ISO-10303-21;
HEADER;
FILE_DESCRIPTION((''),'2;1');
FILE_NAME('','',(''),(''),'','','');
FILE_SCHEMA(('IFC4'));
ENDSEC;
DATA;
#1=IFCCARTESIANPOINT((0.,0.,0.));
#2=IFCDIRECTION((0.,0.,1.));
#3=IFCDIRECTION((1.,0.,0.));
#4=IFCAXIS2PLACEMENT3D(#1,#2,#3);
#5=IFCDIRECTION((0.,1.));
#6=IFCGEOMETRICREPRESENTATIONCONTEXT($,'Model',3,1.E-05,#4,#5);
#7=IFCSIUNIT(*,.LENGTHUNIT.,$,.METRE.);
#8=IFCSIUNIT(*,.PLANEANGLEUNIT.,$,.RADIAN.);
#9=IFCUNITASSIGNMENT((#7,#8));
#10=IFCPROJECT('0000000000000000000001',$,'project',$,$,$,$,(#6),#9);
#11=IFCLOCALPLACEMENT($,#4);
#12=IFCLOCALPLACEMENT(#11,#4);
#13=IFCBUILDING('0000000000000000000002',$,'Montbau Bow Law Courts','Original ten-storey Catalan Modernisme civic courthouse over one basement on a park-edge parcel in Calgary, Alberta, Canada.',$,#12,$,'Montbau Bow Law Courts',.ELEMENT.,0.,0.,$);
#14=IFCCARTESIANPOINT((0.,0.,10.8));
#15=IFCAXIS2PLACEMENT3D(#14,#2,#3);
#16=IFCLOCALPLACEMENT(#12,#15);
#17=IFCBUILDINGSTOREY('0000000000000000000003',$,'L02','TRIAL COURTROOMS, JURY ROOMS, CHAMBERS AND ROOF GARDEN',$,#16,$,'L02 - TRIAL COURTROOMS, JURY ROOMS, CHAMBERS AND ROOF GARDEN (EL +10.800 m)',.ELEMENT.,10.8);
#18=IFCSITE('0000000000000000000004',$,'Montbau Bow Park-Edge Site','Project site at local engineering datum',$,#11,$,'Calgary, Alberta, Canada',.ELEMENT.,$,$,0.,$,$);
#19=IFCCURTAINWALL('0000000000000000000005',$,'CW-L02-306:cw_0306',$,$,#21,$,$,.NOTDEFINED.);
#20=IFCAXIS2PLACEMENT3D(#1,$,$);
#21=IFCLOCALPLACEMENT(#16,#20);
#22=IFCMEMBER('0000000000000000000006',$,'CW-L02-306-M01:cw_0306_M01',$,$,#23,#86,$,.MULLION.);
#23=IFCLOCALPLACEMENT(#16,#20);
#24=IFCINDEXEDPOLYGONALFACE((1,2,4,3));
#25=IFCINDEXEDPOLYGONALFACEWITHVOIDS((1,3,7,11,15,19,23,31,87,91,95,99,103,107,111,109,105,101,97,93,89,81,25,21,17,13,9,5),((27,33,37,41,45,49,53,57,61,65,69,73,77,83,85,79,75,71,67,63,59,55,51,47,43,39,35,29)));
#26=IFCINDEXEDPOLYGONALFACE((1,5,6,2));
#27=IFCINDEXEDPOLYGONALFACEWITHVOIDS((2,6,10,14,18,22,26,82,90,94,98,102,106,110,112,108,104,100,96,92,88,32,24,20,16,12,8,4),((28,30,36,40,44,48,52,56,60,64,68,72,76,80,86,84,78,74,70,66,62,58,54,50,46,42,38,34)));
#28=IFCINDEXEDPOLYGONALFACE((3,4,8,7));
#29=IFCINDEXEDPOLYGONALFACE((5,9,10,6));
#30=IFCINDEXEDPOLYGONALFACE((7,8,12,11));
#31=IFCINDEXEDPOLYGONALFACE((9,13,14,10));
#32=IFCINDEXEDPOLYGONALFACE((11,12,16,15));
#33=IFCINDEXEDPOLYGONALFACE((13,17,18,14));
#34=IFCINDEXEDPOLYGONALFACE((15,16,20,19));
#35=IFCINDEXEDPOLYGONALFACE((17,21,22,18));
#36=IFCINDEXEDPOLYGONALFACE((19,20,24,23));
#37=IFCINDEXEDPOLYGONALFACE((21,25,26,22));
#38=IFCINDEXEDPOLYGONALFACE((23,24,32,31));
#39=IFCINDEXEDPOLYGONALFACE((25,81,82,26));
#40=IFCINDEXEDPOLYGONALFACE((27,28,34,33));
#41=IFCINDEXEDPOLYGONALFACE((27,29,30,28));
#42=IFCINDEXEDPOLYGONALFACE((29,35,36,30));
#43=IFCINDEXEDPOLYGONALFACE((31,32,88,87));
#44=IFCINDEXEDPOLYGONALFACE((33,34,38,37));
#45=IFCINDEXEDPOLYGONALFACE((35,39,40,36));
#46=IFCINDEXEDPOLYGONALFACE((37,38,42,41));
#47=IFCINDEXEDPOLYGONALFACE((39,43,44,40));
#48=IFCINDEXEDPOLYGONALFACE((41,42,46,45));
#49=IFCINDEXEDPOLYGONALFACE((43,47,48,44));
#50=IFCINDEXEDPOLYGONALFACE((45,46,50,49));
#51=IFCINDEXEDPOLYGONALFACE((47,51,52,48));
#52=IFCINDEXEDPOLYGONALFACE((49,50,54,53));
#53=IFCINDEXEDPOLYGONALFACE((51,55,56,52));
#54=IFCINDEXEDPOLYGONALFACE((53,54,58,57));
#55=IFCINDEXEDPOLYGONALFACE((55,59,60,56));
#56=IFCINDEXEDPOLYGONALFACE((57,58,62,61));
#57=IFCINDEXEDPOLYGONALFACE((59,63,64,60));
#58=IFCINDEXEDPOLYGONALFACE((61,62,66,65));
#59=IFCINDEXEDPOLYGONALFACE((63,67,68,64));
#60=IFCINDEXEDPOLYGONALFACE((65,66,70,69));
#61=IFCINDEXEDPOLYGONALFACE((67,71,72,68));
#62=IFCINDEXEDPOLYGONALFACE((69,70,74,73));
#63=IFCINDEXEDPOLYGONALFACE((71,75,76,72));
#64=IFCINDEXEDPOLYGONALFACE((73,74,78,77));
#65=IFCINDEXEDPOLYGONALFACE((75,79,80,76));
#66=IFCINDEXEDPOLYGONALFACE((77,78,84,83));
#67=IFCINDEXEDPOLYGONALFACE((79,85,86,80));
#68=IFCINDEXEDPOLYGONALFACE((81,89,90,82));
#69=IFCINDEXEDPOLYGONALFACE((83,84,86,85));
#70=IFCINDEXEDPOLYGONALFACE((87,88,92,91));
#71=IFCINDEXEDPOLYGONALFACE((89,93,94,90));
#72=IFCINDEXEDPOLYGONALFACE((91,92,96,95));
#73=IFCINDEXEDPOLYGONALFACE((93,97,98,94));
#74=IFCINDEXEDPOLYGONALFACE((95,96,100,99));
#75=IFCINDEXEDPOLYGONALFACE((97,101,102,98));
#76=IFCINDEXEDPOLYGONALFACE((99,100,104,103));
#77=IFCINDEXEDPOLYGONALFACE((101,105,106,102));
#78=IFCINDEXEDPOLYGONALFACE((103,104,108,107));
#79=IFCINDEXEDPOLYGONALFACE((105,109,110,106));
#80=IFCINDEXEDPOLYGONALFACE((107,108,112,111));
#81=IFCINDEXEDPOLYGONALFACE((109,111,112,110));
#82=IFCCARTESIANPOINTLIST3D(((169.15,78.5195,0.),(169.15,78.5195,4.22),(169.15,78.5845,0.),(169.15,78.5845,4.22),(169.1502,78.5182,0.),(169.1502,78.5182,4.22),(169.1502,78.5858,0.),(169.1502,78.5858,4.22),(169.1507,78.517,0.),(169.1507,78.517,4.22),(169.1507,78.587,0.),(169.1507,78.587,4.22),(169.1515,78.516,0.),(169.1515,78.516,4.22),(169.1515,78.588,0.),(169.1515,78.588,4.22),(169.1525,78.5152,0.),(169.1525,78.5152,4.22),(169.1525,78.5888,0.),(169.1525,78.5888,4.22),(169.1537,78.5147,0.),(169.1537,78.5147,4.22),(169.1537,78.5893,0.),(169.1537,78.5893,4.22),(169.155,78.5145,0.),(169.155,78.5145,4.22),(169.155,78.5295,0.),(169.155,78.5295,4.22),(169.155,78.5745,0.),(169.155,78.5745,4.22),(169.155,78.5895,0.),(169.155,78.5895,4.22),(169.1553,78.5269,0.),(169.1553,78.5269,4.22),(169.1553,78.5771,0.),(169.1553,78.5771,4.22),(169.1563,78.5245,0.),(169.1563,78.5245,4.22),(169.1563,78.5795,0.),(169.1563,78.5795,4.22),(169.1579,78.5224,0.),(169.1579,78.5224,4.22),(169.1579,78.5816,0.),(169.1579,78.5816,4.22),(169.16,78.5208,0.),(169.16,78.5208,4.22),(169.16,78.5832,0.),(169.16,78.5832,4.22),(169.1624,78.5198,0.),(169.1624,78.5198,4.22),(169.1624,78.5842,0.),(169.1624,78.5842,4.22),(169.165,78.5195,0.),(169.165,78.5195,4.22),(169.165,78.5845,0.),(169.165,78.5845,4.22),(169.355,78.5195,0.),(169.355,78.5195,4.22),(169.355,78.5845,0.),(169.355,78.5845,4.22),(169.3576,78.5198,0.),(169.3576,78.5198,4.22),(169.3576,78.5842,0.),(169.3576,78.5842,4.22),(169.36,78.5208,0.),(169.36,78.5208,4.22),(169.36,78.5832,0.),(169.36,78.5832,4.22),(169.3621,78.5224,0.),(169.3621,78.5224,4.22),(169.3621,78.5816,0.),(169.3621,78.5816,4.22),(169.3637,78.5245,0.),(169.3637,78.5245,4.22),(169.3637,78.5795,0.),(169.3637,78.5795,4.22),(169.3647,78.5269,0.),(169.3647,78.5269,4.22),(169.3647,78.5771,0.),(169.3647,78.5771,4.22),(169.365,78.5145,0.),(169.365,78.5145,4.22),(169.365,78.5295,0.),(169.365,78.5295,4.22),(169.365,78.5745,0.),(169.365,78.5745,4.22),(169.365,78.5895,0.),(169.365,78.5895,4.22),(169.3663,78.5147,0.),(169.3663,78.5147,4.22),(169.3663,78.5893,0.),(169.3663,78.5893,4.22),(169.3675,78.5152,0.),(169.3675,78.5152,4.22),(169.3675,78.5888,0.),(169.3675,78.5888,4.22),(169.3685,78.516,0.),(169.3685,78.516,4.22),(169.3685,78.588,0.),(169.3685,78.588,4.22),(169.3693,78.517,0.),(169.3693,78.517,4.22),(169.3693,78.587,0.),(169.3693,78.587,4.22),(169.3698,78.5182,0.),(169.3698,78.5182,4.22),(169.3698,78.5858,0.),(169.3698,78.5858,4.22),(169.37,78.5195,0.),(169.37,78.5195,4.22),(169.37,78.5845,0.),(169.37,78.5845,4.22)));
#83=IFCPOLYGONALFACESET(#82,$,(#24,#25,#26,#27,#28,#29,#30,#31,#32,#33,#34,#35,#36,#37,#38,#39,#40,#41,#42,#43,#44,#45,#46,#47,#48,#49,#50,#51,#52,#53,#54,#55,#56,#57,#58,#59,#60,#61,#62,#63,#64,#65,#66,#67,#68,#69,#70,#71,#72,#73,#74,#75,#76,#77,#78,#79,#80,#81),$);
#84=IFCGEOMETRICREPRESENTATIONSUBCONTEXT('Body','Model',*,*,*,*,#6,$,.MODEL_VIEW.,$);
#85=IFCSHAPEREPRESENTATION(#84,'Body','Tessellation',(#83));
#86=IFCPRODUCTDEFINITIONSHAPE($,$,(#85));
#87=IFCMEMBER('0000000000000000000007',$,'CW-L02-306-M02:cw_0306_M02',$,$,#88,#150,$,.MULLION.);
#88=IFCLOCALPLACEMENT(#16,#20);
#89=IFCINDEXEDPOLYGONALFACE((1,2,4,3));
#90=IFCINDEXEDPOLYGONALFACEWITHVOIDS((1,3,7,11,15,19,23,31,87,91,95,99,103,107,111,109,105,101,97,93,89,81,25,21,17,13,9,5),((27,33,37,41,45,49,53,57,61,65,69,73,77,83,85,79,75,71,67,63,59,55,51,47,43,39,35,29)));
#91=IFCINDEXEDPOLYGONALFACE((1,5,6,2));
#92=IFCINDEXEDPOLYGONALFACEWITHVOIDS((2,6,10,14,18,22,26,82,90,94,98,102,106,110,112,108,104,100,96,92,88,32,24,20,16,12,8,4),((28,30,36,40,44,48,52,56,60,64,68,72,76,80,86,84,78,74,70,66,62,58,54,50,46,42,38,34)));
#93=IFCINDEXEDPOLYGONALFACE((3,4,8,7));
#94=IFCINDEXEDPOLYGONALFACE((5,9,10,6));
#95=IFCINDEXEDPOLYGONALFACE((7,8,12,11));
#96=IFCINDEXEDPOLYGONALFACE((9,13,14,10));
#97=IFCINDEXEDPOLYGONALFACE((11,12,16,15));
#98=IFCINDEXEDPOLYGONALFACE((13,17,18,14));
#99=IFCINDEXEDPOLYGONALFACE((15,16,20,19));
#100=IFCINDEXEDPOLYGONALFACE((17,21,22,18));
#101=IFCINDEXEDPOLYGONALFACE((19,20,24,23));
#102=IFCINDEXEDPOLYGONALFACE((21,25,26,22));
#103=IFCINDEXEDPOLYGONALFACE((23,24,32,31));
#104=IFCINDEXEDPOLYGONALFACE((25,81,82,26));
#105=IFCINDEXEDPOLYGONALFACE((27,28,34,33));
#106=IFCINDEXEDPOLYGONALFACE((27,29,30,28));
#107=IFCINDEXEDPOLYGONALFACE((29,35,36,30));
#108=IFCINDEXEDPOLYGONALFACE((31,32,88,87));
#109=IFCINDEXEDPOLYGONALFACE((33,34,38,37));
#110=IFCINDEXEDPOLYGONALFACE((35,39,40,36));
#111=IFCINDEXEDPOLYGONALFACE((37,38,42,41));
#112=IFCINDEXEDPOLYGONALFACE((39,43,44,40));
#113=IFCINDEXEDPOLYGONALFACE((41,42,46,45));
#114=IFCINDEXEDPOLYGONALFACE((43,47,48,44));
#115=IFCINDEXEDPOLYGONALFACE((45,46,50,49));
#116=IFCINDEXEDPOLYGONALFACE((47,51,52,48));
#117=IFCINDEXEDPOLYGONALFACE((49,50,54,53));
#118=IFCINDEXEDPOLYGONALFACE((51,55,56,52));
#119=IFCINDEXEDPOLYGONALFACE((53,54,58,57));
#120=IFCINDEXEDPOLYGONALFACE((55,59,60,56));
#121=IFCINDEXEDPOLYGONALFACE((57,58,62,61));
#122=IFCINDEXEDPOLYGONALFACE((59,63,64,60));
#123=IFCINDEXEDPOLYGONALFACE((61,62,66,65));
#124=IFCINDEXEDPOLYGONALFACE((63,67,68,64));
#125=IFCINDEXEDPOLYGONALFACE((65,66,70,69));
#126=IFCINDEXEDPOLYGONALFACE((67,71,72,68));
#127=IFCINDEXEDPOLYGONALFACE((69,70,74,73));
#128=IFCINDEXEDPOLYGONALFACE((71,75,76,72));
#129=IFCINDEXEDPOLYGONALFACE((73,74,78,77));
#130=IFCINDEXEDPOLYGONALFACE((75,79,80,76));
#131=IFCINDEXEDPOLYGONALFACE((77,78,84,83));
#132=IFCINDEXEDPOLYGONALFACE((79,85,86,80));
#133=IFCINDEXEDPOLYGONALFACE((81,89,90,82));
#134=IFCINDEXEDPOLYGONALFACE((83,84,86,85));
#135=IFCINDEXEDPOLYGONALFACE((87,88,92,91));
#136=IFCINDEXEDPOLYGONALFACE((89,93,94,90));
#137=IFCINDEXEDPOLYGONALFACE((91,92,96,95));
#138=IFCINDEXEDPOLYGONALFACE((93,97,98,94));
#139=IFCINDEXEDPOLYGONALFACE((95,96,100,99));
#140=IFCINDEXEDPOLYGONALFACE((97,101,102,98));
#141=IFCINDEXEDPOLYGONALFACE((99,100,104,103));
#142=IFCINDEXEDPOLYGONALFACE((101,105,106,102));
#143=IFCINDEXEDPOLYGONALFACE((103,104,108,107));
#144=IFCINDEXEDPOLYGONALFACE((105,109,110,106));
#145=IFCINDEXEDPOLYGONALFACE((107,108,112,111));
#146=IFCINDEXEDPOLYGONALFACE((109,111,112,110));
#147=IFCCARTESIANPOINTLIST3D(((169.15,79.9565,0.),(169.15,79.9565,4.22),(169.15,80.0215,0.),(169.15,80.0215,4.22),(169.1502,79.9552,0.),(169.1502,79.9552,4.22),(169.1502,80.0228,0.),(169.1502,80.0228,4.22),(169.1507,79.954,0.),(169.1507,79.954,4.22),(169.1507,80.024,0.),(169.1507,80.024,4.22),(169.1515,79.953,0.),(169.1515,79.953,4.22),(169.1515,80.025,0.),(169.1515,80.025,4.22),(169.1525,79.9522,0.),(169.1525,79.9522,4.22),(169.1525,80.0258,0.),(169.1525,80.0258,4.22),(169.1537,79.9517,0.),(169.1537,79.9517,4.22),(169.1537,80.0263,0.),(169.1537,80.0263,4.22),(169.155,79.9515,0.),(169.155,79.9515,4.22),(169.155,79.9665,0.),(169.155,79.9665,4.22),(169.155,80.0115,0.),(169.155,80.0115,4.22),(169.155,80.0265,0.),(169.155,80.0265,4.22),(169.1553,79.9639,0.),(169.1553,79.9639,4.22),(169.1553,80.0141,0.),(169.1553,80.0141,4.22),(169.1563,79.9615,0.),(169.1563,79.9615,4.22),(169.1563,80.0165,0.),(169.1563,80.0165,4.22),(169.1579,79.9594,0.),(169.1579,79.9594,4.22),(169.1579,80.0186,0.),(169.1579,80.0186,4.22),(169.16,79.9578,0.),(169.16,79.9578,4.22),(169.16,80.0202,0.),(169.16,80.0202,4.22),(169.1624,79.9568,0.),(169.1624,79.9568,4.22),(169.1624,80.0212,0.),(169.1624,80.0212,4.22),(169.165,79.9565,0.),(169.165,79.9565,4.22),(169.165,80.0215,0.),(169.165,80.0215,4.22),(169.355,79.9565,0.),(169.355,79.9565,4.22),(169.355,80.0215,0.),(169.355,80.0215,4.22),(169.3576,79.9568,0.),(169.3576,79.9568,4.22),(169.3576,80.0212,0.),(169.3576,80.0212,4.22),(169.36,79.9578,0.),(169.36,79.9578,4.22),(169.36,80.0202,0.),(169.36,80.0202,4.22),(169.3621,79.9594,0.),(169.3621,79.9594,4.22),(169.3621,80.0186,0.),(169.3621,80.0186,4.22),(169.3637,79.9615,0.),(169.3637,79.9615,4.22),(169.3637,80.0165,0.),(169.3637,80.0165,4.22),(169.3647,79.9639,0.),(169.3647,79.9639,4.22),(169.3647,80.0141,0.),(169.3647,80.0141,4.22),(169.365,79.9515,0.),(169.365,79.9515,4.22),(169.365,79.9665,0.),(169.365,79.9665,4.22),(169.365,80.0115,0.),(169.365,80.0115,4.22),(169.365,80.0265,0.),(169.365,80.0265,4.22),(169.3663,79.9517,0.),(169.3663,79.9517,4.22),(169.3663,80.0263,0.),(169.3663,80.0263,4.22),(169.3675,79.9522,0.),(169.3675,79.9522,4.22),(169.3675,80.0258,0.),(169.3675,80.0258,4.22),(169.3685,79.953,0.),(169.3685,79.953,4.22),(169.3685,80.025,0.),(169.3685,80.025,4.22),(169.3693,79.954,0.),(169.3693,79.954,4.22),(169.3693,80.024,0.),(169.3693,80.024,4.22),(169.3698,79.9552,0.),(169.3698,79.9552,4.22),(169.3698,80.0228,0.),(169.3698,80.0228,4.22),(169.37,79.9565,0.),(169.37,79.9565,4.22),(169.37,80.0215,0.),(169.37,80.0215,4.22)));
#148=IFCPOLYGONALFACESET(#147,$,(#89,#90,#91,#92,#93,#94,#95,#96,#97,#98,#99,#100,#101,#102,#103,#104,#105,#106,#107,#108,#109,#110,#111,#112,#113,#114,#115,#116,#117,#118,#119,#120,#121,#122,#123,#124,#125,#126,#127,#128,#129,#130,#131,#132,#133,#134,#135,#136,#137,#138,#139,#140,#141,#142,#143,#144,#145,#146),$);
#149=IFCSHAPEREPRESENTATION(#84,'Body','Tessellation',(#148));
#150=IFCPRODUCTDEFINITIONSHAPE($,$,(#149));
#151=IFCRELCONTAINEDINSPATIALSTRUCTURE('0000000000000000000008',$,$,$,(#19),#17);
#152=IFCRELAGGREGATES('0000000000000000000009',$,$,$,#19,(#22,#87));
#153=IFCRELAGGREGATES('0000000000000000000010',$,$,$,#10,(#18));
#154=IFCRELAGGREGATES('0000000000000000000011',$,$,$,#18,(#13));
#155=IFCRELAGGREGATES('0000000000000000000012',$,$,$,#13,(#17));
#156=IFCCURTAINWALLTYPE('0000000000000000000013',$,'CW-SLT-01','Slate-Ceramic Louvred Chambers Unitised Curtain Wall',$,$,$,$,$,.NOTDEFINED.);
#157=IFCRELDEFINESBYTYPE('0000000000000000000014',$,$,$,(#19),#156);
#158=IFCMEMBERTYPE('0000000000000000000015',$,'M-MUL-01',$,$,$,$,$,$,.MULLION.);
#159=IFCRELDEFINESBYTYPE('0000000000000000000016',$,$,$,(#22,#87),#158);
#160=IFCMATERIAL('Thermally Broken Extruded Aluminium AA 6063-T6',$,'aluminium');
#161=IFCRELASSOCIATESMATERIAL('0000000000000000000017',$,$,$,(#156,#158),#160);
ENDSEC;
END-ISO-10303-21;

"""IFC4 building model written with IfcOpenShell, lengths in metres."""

from ifc_helpers import new_model, si_unit, direction, frame, origin_with_axes, origin_2d_with_axis, place, context, subcontext, project, spatial, hollow_rectangle, extrude, material, material_profile, profile_set, type_object, element, aggregate, save


model = new_model("IFC4")

# Units and contexts
model_context = context("Model", 3, precision=1e-05, world=origin_with_axes(), true_north=direction((0.0, 1.0)))
body_context = subcontext(model_context, "Body", "Model", "MODEL_VIEW")
ifc_project = project(units=[si_unit("LENGTHUNIT", "METRE"), si_unit("PLANEANGLEUNIT", "RADIAN")], contexts=[model_context])

# Site, building, storey
site_placement = place(None, origin_with_axes())
site = spatial("IfcSite", under=ifc_project, at=site_placement, Name="Montbau Bow Park-Edge Site", Description="Project site at local engineering datum", LongName="Calgary, Alberta, Canada", CompositionType="ELEMENT", RefElevation=0.0)
building_placement = place(site_placement, origin_with_axes())
building = spatial("IfcBuilding", under=site, at=building_placement, Name="Montbau Bow Law Courts", Description="Original ten-storey Catalan Modernisme civic courthouse over one basement on a park-edge parcel in Calgary, Alberta, Canada.", LongName="Montbau Bow Law Courts", CompositionType="ELEMENT", ElevationOfRefHeight=0.0, ElevationOfTerrain=0.0)
storey_placement = place(building_placement, frame((0.0, 0.0, 10.8), z_axis=(0.0, 0.0, 1.0), x_axis=(1.0, 0.0, 0.0)))
storey = spatial("IfcBuildingStorey", under=building, at=storey_placement, Name="L02", Description="TRIAL COURTROOMS, JURY ROOMS, CHAMBERS AND ROOF GARDEN", LongName="L02 - TRIAL COURTROOMS, JURY ROOMS, CHAMBERS AND ROOF GARDEN (EL +10.800 m)", CompositionType="ELEMENT", Elevation=10.8)

# Curtain wall, members
ifc_material_1 = material(Name="Thermally Broken Extruded Aluminium AA 6063-T6", Category="aluminium")
curtain_wall_type = type_object("IfcCurtainWallType", Name="CW-SLT-01", Description="Slate-Ceramic Louvred Chambers Unitised Curtain Wall", PredefinedType="NOTDEFINED", material=ifc_material_1)
curtain_wall_1_placement = place(None, frame((169.26, 78.515, 10.8), z_axis=(0.0, 0.0, 1.0), x_axis=(1.0, 0.0, 0.0)))
curtain_wall_1 = element("IfcCurtainWall", 1, at=curtain_wall_1_placement, inside=storey, type_object=curtain_wall_type, Name="CW-L02-306:cw_0306", PredefinedType="NOTDEFINED")
ifc_material_profile_1 = material_profile(ifc_material_1, hollow_rectangle(XDim=0.075, YDim=0.22, WallThickness=0.005, InnerFilletRadius=0.01, OuterFilletRadius=0.005, at=origin_2d_with_axis()), Name="CWM-220X75", Category="Main", Priority=0)
ifc_profile_set_1 = profile_set([ifc_material_profile_1], Name="Thermally Broken Extruded Aluminium AA 6063-T6")
member_type_1 = type_object("IfcMemberType", Name="M-MUL-01", PredefinedType="MULLION", material=ifc_profile_set_1)
member_1_placement = place(None, frame((169.26, 78.552, 10.8), z_axis=(0.0, 0.0, 1.0), x_axis=(0.0, 1.0, 0.0)))
member_1 = element("IfcMember", 2, at=member_1_placement, type_object=member_type_1, Name="CW-L02-306-M01:cw_0306_M01", PredefinedType="MULLION", context=body_context, shape_type="SweptSolid", body=[
    extrude(hollow_rectangle(XDim=0.075, YDim=0.22, WallThickness=0.005, InnerFilletRadius=0.01, OuterFilletRadius=0.005, at=origin_2d_with_axis()), origin_with_axes(), (0.0, 0.0, 1.0), 4.22),
])
member_2_placement = place(None, frame((169.26, 79.989, 10.8), z_axis=(0.0, 0.0, 1.0), x_axis=(0.0, 1.0, 0.0)))
member_2 = element("IfcMember", 3, at=member_2_placement, type_object=member_type_1, Name="CW-L02-306-M02:cw_0306_M02", PredefinedType="MULLION", context=body_context, shape_type="SweptSolid", body=[
    extrude(hollow_rectangle(XDim=0.075, YDim=0.22, WallThickness=0.005, InnerFilletRadius=0.01, OuterFilletRadius=0.005, at=origin_2d_with_axis()), origin_with_axes(), (0.0, 0.0, 1.0), 4.22),
])

aggregate(curtain_wall_1, [member_1, member_2])

save(model, "model.ifc")
